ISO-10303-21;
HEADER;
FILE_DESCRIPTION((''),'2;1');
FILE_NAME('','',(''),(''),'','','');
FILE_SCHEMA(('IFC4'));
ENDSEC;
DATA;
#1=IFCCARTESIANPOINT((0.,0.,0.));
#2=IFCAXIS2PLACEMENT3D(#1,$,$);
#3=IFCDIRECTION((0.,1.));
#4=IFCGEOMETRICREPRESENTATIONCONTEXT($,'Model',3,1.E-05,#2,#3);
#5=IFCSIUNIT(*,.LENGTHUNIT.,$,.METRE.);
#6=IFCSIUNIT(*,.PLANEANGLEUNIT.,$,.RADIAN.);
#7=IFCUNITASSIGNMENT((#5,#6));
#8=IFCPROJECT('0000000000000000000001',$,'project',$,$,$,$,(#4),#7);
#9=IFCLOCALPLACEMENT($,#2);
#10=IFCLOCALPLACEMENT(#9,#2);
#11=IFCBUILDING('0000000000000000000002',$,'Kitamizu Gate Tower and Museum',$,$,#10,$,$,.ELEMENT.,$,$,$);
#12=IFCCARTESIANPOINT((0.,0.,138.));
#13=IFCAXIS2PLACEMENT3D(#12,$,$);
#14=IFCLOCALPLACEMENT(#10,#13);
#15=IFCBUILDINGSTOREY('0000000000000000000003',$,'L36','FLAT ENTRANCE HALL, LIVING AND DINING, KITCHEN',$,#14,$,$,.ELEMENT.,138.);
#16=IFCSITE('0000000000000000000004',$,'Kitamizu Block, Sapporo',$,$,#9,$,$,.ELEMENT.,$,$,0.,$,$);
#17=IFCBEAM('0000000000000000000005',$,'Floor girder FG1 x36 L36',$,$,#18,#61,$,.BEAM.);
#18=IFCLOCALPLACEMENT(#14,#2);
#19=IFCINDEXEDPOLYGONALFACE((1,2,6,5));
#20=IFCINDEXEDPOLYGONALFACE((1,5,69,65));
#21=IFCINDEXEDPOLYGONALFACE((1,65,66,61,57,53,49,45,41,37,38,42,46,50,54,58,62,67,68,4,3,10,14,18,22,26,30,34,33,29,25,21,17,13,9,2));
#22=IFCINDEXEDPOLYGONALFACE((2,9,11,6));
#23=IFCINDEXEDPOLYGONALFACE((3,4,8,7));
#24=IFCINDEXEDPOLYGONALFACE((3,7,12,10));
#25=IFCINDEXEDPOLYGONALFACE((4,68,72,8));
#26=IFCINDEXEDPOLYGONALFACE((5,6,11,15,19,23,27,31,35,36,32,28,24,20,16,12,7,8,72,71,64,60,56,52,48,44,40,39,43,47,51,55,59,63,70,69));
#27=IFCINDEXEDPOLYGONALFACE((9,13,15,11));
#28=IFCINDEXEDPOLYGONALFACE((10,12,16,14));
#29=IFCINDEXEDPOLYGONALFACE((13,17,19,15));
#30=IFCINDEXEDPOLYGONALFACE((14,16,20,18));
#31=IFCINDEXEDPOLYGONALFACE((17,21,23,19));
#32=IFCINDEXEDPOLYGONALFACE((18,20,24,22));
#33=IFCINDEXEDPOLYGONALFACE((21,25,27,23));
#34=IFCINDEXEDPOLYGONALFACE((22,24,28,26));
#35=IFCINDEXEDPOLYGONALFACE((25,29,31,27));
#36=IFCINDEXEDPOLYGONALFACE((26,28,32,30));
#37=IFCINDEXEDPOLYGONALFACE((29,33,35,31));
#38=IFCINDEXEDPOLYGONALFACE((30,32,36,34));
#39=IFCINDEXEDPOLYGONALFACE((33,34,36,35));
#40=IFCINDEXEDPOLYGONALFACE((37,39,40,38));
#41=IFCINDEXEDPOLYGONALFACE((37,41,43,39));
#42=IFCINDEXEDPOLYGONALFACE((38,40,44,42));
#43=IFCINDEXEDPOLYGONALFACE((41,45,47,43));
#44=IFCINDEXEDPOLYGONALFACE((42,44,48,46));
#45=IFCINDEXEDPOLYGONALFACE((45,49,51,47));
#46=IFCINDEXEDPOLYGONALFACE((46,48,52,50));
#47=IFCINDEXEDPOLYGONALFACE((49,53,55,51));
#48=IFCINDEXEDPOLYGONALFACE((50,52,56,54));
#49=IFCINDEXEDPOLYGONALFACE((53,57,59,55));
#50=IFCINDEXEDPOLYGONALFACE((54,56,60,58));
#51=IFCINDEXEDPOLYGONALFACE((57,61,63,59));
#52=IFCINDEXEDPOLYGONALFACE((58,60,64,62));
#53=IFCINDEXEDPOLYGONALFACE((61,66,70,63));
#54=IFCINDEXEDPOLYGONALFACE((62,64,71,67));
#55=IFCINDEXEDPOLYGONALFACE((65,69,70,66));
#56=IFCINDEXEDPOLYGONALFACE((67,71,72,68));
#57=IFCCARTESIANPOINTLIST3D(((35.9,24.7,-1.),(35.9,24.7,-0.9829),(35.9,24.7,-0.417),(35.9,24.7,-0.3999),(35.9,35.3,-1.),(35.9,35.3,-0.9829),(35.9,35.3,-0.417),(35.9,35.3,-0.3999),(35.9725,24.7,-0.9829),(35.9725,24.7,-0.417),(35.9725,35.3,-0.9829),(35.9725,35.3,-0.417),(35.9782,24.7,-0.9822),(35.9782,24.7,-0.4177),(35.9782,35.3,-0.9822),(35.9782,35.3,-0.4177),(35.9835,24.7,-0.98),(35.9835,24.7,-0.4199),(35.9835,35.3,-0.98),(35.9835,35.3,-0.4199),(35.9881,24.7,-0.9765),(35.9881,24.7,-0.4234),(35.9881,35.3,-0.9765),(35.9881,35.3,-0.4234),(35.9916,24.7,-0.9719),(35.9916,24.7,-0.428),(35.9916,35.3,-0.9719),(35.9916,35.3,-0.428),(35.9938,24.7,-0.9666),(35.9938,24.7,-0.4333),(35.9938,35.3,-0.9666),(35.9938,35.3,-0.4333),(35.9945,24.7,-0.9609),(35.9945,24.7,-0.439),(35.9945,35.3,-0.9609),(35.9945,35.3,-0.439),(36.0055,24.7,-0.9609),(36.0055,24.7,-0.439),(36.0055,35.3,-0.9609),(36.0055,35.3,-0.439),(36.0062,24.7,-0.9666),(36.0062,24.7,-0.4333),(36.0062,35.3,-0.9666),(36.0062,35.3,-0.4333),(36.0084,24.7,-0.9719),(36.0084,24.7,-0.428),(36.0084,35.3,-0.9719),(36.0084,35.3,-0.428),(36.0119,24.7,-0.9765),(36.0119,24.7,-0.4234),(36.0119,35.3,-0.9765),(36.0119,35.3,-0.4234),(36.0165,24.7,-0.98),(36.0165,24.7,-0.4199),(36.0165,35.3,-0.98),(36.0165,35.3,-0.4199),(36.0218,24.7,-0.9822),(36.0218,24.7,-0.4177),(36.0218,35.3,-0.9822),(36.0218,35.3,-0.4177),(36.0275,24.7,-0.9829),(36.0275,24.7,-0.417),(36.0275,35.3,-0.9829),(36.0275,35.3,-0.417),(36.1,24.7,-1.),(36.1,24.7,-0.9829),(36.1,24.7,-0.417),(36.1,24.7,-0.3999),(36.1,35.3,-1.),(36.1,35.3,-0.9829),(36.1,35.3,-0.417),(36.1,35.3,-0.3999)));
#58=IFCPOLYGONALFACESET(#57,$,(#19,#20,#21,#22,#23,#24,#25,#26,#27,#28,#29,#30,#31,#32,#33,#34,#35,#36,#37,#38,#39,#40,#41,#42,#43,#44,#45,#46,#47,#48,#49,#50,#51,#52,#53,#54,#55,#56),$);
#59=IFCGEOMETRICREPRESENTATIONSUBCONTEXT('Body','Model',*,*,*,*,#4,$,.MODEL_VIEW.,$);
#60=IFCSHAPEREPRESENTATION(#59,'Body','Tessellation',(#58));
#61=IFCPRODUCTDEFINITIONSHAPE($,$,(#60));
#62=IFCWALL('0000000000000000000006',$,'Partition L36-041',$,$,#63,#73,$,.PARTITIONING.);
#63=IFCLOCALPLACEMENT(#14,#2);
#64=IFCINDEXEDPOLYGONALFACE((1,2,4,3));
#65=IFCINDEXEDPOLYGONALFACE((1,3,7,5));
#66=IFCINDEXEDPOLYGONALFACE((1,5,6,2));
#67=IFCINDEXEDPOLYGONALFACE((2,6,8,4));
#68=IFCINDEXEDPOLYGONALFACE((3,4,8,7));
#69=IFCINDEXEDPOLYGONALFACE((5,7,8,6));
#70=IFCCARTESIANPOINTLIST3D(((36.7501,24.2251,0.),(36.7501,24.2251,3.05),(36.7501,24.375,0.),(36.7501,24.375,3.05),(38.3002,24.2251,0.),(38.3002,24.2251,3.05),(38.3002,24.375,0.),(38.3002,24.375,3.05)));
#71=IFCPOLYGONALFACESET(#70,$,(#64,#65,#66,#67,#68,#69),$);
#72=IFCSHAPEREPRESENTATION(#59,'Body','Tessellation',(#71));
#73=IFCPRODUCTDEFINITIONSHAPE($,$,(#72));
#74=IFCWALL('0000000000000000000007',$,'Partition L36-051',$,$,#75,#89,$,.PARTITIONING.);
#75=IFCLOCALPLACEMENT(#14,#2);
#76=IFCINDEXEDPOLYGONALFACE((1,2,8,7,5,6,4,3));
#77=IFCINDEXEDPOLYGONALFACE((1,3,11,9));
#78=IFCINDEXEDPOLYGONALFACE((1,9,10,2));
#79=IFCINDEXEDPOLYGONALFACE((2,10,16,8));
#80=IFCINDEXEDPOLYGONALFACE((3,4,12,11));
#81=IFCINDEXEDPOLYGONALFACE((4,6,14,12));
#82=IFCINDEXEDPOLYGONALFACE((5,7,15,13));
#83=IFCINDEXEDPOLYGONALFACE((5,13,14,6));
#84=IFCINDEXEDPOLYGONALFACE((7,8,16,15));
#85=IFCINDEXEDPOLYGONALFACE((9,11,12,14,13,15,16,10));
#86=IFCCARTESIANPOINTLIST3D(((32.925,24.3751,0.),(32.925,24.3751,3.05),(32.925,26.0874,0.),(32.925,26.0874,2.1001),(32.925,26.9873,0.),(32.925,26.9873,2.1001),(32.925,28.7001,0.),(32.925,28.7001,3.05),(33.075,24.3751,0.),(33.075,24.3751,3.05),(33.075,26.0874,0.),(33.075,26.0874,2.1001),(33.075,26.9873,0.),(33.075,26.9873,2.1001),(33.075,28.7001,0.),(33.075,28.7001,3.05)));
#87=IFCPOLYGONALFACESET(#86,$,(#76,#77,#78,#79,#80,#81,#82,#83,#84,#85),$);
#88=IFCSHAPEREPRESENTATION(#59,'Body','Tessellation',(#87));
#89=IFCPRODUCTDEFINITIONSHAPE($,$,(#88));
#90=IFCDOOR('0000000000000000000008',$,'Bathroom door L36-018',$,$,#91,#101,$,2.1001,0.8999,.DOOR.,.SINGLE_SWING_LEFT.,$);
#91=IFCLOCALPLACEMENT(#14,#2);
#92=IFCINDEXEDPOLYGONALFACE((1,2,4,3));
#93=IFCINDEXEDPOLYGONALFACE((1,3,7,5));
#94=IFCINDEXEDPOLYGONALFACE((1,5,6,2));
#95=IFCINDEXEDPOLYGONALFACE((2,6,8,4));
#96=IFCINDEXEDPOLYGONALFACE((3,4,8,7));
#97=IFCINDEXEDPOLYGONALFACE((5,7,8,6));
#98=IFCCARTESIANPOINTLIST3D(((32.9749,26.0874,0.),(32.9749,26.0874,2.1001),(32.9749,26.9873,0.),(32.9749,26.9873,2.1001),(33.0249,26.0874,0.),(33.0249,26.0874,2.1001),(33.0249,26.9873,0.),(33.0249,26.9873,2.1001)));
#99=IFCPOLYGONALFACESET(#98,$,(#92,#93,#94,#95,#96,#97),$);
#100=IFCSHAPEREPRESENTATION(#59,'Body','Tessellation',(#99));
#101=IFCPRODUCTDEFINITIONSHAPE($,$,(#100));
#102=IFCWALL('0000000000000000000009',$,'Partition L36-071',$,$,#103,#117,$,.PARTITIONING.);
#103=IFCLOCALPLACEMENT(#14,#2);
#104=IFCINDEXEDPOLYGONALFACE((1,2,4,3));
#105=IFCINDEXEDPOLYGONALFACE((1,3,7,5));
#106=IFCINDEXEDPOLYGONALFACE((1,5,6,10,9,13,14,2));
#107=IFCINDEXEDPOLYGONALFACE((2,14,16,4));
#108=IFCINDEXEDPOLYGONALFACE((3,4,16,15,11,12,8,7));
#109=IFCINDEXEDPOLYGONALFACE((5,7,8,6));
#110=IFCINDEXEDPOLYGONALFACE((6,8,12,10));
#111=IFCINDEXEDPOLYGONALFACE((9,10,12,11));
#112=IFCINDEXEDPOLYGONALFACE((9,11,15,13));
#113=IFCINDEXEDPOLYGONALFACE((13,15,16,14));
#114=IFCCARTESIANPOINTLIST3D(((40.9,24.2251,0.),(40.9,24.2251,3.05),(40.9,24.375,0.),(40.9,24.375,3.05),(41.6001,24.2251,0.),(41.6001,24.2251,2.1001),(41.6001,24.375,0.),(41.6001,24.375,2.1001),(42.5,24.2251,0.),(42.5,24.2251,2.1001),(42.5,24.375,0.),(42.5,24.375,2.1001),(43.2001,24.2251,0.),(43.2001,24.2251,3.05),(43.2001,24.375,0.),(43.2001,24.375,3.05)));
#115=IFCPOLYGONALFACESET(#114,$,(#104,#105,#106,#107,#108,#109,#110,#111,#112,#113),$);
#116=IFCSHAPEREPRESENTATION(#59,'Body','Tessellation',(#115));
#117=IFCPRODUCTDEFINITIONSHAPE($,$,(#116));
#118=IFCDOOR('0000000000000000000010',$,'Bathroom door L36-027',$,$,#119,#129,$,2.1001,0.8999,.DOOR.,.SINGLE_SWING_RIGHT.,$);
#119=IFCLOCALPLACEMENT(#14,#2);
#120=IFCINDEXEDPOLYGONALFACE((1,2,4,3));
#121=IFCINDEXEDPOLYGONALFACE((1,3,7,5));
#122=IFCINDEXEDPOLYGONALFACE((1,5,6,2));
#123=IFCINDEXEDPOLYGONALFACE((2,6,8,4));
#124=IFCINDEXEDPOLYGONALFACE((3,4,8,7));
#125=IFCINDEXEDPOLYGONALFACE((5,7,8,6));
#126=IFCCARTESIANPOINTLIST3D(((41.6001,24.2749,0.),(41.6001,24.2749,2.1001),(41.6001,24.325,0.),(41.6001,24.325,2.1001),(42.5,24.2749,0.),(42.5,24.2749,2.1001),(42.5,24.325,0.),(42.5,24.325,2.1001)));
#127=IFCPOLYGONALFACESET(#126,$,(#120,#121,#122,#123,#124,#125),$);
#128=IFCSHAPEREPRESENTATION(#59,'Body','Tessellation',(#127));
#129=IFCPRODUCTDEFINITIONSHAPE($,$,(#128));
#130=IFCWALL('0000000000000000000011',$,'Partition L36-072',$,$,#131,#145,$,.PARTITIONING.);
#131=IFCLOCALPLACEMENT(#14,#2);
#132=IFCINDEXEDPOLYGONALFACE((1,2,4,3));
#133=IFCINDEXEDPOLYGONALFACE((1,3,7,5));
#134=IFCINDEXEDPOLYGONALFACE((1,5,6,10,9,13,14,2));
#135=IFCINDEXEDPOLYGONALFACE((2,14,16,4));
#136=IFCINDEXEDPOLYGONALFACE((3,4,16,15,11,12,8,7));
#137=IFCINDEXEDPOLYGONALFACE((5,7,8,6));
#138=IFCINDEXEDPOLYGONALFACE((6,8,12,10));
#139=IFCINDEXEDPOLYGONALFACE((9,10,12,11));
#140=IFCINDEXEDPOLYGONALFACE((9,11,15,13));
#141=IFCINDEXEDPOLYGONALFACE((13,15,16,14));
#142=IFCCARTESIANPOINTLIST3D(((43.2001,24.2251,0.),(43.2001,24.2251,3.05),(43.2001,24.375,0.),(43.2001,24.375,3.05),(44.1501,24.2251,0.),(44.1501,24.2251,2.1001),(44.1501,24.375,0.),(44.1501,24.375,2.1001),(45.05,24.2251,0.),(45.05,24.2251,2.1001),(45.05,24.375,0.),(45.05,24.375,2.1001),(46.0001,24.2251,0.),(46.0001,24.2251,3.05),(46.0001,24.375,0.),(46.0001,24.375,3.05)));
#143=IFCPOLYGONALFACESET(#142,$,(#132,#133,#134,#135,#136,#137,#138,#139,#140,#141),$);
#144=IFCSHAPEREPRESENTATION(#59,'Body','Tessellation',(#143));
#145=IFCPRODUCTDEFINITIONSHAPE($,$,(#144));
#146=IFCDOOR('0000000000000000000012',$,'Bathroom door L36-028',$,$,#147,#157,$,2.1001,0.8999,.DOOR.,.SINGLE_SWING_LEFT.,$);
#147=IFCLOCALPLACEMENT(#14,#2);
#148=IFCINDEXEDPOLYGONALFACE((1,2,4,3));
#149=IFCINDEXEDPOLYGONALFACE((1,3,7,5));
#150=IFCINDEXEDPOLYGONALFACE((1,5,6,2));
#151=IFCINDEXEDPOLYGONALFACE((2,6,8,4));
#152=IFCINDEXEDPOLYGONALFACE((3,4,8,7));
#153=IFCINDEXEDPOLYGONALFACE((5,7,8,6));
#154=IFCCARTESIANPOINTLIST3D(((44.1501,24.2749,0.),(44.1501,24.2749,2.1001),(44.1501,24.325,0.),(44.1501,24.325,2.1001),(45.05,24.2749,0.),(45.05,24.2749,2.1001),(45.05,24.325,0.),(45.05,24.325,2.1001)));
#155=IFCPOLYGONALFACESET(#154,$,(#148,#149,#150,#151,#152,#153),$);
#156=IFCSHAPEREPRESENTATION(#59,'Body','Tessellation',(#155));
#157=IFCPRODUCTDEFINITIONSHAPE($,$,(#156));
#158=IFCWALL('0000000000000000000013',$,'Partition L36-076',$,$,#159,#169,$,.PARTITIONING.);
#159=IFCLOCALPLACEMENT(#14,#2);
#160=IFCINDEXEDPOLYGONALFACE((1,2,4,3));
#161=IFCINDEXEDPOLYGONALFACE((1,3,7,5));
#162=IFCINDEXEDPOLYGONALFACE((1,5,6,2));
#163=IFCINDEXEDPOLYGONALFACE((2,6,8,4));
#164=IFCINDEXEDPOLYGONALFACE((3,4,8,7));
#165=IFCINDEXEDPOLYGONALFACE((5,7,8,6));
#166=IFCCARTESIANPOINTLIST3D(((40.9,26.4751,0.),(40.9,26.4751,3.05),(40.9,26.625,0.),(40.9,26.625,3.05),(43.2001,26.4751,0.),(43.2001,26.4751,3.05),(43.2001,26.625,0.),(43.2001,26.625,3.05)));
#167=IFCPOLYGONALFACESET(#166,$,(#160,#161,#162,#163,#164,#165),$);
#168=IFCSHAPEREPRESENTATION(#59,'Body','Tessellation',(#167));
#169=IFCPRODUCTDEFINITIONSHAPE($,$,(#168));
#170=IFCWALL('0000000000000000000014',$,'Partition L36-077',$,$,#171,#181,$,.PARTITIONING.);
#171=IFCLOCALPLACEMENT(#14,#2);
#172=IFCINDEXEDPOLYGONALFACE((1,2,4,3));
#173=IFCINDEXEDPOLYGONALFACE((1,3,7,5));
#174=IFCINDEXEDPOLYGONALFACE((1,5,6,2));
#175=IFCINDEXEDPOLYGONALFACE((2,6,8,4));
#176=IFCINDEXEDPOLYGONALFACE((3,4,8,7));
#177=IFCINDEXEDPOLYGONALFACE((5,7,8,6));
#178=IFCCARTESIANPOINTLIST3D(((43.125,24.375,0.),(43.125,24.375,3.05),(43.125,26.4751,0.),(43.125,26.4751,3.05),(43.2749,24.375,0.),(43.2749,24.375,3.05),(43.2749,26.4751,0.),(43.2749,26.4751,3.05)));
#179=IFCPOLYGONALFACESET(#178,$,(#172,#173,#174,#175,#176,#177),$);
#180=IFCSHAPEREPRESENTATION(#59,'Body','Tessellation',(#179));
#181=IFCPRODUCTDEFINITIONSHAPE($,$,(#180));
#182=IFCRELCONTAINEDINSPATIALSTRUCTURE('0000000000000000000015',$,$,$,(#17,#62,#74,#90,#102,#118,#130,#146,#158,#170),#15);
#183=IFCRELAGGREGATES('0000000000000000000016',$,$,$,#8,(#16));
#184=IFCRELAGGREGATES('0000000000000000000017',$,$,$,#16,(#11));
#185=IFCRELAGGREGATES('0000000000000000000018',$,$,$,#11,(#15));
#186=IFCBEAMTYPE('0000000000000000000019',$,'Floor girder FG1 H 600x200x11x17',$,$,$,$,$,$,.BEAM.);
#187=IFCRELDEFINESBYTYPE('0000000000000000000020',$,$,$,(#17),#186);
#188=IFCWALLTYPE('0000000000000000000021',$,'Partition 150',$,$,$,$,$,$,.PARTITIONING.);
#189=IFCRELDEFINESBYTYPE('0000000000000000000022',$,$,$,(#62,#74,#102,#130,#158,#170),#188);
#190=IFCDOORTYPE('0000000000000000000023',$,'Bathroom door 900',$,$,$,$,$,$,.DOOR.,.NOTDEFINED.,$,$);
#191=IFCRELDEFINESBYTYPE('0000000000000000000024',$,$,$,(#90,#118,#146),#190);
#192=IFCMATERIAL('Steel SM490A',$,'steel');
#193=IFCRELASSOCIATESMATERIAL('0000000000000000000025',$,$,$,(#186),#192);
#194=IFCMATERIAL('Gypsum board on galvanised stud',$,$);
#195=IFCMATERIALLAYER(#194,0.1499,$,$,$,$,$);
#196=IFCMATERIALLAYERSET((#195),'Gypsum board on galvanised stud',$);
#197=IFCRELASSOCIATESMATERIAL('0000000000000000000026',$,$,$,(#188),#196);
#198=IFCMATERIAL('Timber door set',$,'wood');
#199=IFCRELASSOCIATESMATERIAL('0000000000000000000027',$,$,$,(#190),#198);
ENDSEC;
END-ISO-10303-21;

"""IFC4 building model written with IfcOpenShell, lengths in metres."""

from ifc_helpers import new_model, si_unit, direction, frame, frame_2d, origin, origin_2d, place, context, subcontext, project, spatial, rectangle, i_section, extrude, material, layer, layer_set, material_profile, profile_set, type_object, element, fill, save


model = new_model("IFC4")

# Units and contexts
model_context = context("Model", 3, precision=1e-05, world=origin(), true_north=direction((0.0, 1.0)))
body_context = subcontext(model_context, "Body", "Model", "MODEL_VIEW")
ifc_project = project(units=[si_unit("LENGTHUNIT", "METRE"), si_unit("PLANEANGLEUNIT", "RADIAN")], contexts=[model_context])

# Site, building, storey
site_placement = place(None, origin())
site = spatial("IfcSite", under=ifc_project, at=site_placement, Name="Kitamizu Block, Sapporo", CompositionType="ELEMENT", RefElevation=0.0)
building_placement = place(site_placement, origin())
building = spatial("IfcBuilding", under=site, at=building_placement, Name="Kitamizu Gate Tower and Museum", CompositionType="ELEMENT")
storey_placement = place(building_placement, frame((0.0, 0.0, 138.0)))
storey = spatial("IfcBuildingStorey", under=building, at=storey_placement, Name="L36", Description="FLAT ENTRANCE HALL, LIVING AND DINING, KITCHEN", CompositionType="ELEMENT", Elevation=138.0)

# Beam
ifc_material_1 = material(Name="Steel SM490A", Category="steel")
ifc_material_profile = material_profile(ifc_material_1, i_section(OverallWidth=0.2, OverallDepth=0.6001, WebThickness=0.011, FlangeThickness=0.0171, FilletRadius=0.022, at=origin_2d()), Name="H-600x200x11x17")
ifc_profile_set = profile_set([ifc_material_profile], Name="Steel SM490A")
beam_type = type_object("IfcBeamType", Name="Floor girder FG1 H 600x200x11x17", PredefinedType="BEAM", material=ifc_profile_set)
beam_placement = place(storey_placement, frame((36.0, 24.7, -0.7), z_axis=(0.0, 1.0, 0.0), x_axis=(-1.0, 0.0, 0.0)))
element("IfcBeam", 1, at=beam_placement, inside=storey, type_object=beam_type, Name="Floor girder FG1 x36 L36", PredefinedType="BEAM", context=body_context, shape_type="SweptSolid", body=[
    extrude(i_section(OverallWidth=0.2, OverallDepth=0.6001, WebThickness=0.011, FlangeThickness=0.0171, FilletRadius=0.022, at=origin_2d()), origin(), (0.0, 0.0, 1.0), 10.6001),
])

# Wall
ifc_material_2 = material(Name="Gypsum board on galvanised stud")
ifc_layer_1 = layer(ifc_material_2, 0.1499)
ifc_layer_set_1 = layer_set([ifc_layer_1], Name="Gypsum board on galvanised stud")
wall_type_1 = type_object("IfcWallType", Name="Partition 150", PredefinedType="PARTITIONING", material=ifc_layer_set_1)
wall_1_placement = place(storey_placement, frame((38.3, 24.3, 0.0), z_axis=(0.0, 0.0, 1.0), x_axis=(-1.0, 0.0, 0.0)))
element("IfcWall", 2, at=wall_1_placement, inside=storey, type_object=wall_type_1, Name="Partition L36-041", PredefinedType="PARTITIONING", context=body_context, shape_type="SweptSolid", body=[
    extrude(rectangle(XDim=1.55, YDim=0.1499, at=frame_2d((0.7749, 0.0))), origin(), (0.0, 0.0, 1.0), 3.05),
])

# Walls, openings, doors
wall_2_placement = place(storey_placement, frame((33.0, 24.375, 0.0), z_axis=(0.0, 0.0, 1.0), x_axis=(0.0, 1.0, 0.0)))
wall_2 = element("IfcWall", 3, at=wall_2_placement, inside=storey, type_object=wall_type_1, Name="Partition L36-051", PredefinedType="PARTITIONING", context=body_context, shape_type="SweptSolid", body=[
    extrude(rectangle(XDim=4.325, YDim=0.1499, at=frame_2d((2.1626, 0.0))), origin(), (0.0, 0.0, 1.0), 3.05),
])
opening_1_placement = place(wall_2_placement, frame((1.7124, 0.0, 0.0)))
opening_1 = element("IfcOpeningElement", 4, at=opening_1_placement, cuts=wall_2, PredefinedType="OPENING", context=body_context, shape_type="SweptSolid", body=[
    extrude(rectangle(XDim=0.8999, YDim=2.1001, at=frame_2d((0.45, 1.05))), frame((0.0, 0.085, 0.0), z_axis=(0.0, -1.0, 0.0), x_axis=(1.0, 0.0, 0.0)), (0.0, 0.0, 1.0), 0.1699),
])
ifc_material_3 = material(Name="Timber door set", Category="wood")
door_type_1 = type_object("IfcDoorType", Name="Bathroom door 900", OperationType="NOTDEFINED", PredefinedType="DOOR", material=ifc_material_3)
door_1_placement = place(opening_1_placement, frame((0.8999, 0.0, 0.0), x_axis=(-1.0, 0.0, 0.0)))
door_1 = element("IfcDoor", 5, at=door_1_placement, inside=storey, type_object=door_type_1, Name="Bathroom door L36-018", OperationType="SINGLE_SWING_LEFT", OverallHeight=2.1001, OverallWidth=0.8999, PredefinedType="DOOR", context=body_context, shape_type="SweptSolid", body=[
    extrude(rectangle(XDim=0.8999, YDim=2.1001, at=frame_2d((0.45, 1.05))), frame((0.0, 0.0249, 0.0), z_axis=(0.0, -1.0, 0.0), x_axis=(1.0, 0.0, 0.0)), (0.0, 0.0, 1.0), 0.05),
])
fill(opening_1, door_1)
wall_3_placement = place(storey_placement, frame((43.2, 24.3, 0.0), z_axis=(0.0, 0.0, 1.0), x_axis=(-1.0, 0.0, 0.0)))
wall_3 = element("IfcWall", 6, at=wall_3_placement, inside=storey, type_object=wall_type_1, Name="Partition L36-071", PredefinedType="PARTITIONING", context=body_context, shape_type="SweptSolid", body=[
    extrude(rectangle(XDim=2.3, YDim=0.1499, at=frame_2d((1.1499, 0.0))), origin(), (0.0, 0.0, 1.0), 3.05),
])
opening_2_placement = place(wall_3_placement, frame((0.7, 0.0, 0.0)))
opening_2 = element("IfcOpeningElement", 7, at=opening_2_placement, cuts=wall_3, PredefinedType="OPENING", context=body_context, shape_type="SweptSolid", body=[
    extrude(rectangle(XDim=0.8999, YDim=2.1001, at=frame_2d((0.45, 1.05))), frame((0.0, 0.085, 0.0), z_axis=(0.0, -1.0, 0.0), x_axis=(1.0, 0.0, 0.0)), (0.0, 0.0, 1.0), 0.1699),
])
door_2_placement = place(opening_2_placement, frame((0.8999, 0.0, 0.0), x_axis=(-1.0, 0.0, 0.0)))
door_2 = element("IfcDoor", 8, at=door_2_placement, inside=storey, type_object=door_type_1, Name="Bathroom door L36-027", OperationType="SINGLE_SWING_RIGHT", OverallHeight=2.1001, OverallWidth=0.8999, PredefinedType="DOOR", context=body_context, shape_type="SweptSolid", body=[
    extrude(rectangle(XDim=0.8999, YDim=2.1001, at=frame_2d((0.45, 1.05))), frame((0.0, 0.0249, 0.0), z_axis=(0.0, -1.0, 0.0), x_axis=(1.0, 0.0, 0.0)), (0.0, 0.0, 1.0), 0.05),
])
fill(opening_2, door_2)
wall_4_placement = place(storey_placement, frame((46.0, 24.3, 0.0), z_axis=(0.0, 0.0, 1.0), x_axis=(-1.0, 0.0, 0.0)))
wall_4 = element("IfcWall", 9, at=wall_4_placement, inside=storey, type_object=wall_type_1, Name="Partition L36-072", PredefinedType="PARTITIONING", context=body_context, shape_type="SweptSolid", body=[
    extrude(rectangle(XDim=2.8, YDim=0.1499, at=frame_2d((1.3999, 0.0))), origin(), (0.0, 0.0, 1.0), 3.05),
])
opening_3_placement = place(wall_4_placement, frame((0.95, 0.0, 0.0)))
opening_3 = element("IfcOpeningElement", 10, at=opening_3_placement, cuts=wall_4, PredefinedType="OPENING", context=body_context, shape_type="SweptSolid", body=[
    extrude(rectangle(XDim=0.8999, YDim=2.1001, at=frame_2d((0.45, 1.05))), frame((0.0, 0.085, 0.0), z_axis=(0.0, -1.0, 0.0), x_axis=(1.0, 0.0, 0.0)), (0.0, 0.0, 1.0), 0.1699),
])
door_3_placement = place(opening_3_placement, frame((0.8999, 0.0, 0.0), x_axis=(-1.0, 0.0, 0.0)))
door_3 = element("IfcDoor", 11, at=door_3_placement, inside=storey, type_object=door_type_1, Name="Bathroom door L36-028", OperationType="SINGLE_SWING_LEFT", OverallHeight=2.1001, OverallWidth=0.8999, PredefinedType="DOOR", context=body_context, shape_type="SweptSolid", body=[
    extrude(rectangle(XDim=0.8999, YDim=2.1001, at=frame_2d((0.45, 1.05))), frame((0.0, 0.0249, 0.0), z_axis=(0.0, -1.0, 0.0), x_axis=(1.0, 0.0, 0.0)), (0.0, 0.0, 1.0), 0.05),
])
fill(opening_3, door_3)

# Walls
wall_5_placement = place(storey_placement, frame((43.2, 26.55, 0.0), z_axis=(0.0, 0.0, 1.0), x_axis=(-1.0, 0.0, 0.0)))
element("IfcWall", 12, at=wall_5_placement, inside=storey, type_object=wall_type_1, Name="Partition L36-076", PredefinedType="PARTITIONING", context=body_context, shape_type="SweptSolid", body=[
    extrude(rectangle(XDim=2.3, YDim=0.1499, at=frame_2d((1.1499, 0.0))), origin(), (0.0, 0.0, 1.0), 3.05),
])
wall_6_placement = place(storey_placement, frame((43.2, 24.375, 0.0), z_axis=(0.0, 0.0, 1.0), x_axis=(0.0, 1.0, 0.0)))
element("IfcWall", 13, at=wall_6_placement, inside=storey, type_object=wall_type_1, Name="Partition L36-077", PredefinedType="PARTITIONING", context=body_context, shape_type="SweptSolid", body=[
    extrude(rectangle(XDim=2.1001, YDim=0.1499, at=frame_2d((1.05, 0.0))), origin(), (0.0, 0.0, 1.0), 3.05),
])

save(model, "model.ifc")
